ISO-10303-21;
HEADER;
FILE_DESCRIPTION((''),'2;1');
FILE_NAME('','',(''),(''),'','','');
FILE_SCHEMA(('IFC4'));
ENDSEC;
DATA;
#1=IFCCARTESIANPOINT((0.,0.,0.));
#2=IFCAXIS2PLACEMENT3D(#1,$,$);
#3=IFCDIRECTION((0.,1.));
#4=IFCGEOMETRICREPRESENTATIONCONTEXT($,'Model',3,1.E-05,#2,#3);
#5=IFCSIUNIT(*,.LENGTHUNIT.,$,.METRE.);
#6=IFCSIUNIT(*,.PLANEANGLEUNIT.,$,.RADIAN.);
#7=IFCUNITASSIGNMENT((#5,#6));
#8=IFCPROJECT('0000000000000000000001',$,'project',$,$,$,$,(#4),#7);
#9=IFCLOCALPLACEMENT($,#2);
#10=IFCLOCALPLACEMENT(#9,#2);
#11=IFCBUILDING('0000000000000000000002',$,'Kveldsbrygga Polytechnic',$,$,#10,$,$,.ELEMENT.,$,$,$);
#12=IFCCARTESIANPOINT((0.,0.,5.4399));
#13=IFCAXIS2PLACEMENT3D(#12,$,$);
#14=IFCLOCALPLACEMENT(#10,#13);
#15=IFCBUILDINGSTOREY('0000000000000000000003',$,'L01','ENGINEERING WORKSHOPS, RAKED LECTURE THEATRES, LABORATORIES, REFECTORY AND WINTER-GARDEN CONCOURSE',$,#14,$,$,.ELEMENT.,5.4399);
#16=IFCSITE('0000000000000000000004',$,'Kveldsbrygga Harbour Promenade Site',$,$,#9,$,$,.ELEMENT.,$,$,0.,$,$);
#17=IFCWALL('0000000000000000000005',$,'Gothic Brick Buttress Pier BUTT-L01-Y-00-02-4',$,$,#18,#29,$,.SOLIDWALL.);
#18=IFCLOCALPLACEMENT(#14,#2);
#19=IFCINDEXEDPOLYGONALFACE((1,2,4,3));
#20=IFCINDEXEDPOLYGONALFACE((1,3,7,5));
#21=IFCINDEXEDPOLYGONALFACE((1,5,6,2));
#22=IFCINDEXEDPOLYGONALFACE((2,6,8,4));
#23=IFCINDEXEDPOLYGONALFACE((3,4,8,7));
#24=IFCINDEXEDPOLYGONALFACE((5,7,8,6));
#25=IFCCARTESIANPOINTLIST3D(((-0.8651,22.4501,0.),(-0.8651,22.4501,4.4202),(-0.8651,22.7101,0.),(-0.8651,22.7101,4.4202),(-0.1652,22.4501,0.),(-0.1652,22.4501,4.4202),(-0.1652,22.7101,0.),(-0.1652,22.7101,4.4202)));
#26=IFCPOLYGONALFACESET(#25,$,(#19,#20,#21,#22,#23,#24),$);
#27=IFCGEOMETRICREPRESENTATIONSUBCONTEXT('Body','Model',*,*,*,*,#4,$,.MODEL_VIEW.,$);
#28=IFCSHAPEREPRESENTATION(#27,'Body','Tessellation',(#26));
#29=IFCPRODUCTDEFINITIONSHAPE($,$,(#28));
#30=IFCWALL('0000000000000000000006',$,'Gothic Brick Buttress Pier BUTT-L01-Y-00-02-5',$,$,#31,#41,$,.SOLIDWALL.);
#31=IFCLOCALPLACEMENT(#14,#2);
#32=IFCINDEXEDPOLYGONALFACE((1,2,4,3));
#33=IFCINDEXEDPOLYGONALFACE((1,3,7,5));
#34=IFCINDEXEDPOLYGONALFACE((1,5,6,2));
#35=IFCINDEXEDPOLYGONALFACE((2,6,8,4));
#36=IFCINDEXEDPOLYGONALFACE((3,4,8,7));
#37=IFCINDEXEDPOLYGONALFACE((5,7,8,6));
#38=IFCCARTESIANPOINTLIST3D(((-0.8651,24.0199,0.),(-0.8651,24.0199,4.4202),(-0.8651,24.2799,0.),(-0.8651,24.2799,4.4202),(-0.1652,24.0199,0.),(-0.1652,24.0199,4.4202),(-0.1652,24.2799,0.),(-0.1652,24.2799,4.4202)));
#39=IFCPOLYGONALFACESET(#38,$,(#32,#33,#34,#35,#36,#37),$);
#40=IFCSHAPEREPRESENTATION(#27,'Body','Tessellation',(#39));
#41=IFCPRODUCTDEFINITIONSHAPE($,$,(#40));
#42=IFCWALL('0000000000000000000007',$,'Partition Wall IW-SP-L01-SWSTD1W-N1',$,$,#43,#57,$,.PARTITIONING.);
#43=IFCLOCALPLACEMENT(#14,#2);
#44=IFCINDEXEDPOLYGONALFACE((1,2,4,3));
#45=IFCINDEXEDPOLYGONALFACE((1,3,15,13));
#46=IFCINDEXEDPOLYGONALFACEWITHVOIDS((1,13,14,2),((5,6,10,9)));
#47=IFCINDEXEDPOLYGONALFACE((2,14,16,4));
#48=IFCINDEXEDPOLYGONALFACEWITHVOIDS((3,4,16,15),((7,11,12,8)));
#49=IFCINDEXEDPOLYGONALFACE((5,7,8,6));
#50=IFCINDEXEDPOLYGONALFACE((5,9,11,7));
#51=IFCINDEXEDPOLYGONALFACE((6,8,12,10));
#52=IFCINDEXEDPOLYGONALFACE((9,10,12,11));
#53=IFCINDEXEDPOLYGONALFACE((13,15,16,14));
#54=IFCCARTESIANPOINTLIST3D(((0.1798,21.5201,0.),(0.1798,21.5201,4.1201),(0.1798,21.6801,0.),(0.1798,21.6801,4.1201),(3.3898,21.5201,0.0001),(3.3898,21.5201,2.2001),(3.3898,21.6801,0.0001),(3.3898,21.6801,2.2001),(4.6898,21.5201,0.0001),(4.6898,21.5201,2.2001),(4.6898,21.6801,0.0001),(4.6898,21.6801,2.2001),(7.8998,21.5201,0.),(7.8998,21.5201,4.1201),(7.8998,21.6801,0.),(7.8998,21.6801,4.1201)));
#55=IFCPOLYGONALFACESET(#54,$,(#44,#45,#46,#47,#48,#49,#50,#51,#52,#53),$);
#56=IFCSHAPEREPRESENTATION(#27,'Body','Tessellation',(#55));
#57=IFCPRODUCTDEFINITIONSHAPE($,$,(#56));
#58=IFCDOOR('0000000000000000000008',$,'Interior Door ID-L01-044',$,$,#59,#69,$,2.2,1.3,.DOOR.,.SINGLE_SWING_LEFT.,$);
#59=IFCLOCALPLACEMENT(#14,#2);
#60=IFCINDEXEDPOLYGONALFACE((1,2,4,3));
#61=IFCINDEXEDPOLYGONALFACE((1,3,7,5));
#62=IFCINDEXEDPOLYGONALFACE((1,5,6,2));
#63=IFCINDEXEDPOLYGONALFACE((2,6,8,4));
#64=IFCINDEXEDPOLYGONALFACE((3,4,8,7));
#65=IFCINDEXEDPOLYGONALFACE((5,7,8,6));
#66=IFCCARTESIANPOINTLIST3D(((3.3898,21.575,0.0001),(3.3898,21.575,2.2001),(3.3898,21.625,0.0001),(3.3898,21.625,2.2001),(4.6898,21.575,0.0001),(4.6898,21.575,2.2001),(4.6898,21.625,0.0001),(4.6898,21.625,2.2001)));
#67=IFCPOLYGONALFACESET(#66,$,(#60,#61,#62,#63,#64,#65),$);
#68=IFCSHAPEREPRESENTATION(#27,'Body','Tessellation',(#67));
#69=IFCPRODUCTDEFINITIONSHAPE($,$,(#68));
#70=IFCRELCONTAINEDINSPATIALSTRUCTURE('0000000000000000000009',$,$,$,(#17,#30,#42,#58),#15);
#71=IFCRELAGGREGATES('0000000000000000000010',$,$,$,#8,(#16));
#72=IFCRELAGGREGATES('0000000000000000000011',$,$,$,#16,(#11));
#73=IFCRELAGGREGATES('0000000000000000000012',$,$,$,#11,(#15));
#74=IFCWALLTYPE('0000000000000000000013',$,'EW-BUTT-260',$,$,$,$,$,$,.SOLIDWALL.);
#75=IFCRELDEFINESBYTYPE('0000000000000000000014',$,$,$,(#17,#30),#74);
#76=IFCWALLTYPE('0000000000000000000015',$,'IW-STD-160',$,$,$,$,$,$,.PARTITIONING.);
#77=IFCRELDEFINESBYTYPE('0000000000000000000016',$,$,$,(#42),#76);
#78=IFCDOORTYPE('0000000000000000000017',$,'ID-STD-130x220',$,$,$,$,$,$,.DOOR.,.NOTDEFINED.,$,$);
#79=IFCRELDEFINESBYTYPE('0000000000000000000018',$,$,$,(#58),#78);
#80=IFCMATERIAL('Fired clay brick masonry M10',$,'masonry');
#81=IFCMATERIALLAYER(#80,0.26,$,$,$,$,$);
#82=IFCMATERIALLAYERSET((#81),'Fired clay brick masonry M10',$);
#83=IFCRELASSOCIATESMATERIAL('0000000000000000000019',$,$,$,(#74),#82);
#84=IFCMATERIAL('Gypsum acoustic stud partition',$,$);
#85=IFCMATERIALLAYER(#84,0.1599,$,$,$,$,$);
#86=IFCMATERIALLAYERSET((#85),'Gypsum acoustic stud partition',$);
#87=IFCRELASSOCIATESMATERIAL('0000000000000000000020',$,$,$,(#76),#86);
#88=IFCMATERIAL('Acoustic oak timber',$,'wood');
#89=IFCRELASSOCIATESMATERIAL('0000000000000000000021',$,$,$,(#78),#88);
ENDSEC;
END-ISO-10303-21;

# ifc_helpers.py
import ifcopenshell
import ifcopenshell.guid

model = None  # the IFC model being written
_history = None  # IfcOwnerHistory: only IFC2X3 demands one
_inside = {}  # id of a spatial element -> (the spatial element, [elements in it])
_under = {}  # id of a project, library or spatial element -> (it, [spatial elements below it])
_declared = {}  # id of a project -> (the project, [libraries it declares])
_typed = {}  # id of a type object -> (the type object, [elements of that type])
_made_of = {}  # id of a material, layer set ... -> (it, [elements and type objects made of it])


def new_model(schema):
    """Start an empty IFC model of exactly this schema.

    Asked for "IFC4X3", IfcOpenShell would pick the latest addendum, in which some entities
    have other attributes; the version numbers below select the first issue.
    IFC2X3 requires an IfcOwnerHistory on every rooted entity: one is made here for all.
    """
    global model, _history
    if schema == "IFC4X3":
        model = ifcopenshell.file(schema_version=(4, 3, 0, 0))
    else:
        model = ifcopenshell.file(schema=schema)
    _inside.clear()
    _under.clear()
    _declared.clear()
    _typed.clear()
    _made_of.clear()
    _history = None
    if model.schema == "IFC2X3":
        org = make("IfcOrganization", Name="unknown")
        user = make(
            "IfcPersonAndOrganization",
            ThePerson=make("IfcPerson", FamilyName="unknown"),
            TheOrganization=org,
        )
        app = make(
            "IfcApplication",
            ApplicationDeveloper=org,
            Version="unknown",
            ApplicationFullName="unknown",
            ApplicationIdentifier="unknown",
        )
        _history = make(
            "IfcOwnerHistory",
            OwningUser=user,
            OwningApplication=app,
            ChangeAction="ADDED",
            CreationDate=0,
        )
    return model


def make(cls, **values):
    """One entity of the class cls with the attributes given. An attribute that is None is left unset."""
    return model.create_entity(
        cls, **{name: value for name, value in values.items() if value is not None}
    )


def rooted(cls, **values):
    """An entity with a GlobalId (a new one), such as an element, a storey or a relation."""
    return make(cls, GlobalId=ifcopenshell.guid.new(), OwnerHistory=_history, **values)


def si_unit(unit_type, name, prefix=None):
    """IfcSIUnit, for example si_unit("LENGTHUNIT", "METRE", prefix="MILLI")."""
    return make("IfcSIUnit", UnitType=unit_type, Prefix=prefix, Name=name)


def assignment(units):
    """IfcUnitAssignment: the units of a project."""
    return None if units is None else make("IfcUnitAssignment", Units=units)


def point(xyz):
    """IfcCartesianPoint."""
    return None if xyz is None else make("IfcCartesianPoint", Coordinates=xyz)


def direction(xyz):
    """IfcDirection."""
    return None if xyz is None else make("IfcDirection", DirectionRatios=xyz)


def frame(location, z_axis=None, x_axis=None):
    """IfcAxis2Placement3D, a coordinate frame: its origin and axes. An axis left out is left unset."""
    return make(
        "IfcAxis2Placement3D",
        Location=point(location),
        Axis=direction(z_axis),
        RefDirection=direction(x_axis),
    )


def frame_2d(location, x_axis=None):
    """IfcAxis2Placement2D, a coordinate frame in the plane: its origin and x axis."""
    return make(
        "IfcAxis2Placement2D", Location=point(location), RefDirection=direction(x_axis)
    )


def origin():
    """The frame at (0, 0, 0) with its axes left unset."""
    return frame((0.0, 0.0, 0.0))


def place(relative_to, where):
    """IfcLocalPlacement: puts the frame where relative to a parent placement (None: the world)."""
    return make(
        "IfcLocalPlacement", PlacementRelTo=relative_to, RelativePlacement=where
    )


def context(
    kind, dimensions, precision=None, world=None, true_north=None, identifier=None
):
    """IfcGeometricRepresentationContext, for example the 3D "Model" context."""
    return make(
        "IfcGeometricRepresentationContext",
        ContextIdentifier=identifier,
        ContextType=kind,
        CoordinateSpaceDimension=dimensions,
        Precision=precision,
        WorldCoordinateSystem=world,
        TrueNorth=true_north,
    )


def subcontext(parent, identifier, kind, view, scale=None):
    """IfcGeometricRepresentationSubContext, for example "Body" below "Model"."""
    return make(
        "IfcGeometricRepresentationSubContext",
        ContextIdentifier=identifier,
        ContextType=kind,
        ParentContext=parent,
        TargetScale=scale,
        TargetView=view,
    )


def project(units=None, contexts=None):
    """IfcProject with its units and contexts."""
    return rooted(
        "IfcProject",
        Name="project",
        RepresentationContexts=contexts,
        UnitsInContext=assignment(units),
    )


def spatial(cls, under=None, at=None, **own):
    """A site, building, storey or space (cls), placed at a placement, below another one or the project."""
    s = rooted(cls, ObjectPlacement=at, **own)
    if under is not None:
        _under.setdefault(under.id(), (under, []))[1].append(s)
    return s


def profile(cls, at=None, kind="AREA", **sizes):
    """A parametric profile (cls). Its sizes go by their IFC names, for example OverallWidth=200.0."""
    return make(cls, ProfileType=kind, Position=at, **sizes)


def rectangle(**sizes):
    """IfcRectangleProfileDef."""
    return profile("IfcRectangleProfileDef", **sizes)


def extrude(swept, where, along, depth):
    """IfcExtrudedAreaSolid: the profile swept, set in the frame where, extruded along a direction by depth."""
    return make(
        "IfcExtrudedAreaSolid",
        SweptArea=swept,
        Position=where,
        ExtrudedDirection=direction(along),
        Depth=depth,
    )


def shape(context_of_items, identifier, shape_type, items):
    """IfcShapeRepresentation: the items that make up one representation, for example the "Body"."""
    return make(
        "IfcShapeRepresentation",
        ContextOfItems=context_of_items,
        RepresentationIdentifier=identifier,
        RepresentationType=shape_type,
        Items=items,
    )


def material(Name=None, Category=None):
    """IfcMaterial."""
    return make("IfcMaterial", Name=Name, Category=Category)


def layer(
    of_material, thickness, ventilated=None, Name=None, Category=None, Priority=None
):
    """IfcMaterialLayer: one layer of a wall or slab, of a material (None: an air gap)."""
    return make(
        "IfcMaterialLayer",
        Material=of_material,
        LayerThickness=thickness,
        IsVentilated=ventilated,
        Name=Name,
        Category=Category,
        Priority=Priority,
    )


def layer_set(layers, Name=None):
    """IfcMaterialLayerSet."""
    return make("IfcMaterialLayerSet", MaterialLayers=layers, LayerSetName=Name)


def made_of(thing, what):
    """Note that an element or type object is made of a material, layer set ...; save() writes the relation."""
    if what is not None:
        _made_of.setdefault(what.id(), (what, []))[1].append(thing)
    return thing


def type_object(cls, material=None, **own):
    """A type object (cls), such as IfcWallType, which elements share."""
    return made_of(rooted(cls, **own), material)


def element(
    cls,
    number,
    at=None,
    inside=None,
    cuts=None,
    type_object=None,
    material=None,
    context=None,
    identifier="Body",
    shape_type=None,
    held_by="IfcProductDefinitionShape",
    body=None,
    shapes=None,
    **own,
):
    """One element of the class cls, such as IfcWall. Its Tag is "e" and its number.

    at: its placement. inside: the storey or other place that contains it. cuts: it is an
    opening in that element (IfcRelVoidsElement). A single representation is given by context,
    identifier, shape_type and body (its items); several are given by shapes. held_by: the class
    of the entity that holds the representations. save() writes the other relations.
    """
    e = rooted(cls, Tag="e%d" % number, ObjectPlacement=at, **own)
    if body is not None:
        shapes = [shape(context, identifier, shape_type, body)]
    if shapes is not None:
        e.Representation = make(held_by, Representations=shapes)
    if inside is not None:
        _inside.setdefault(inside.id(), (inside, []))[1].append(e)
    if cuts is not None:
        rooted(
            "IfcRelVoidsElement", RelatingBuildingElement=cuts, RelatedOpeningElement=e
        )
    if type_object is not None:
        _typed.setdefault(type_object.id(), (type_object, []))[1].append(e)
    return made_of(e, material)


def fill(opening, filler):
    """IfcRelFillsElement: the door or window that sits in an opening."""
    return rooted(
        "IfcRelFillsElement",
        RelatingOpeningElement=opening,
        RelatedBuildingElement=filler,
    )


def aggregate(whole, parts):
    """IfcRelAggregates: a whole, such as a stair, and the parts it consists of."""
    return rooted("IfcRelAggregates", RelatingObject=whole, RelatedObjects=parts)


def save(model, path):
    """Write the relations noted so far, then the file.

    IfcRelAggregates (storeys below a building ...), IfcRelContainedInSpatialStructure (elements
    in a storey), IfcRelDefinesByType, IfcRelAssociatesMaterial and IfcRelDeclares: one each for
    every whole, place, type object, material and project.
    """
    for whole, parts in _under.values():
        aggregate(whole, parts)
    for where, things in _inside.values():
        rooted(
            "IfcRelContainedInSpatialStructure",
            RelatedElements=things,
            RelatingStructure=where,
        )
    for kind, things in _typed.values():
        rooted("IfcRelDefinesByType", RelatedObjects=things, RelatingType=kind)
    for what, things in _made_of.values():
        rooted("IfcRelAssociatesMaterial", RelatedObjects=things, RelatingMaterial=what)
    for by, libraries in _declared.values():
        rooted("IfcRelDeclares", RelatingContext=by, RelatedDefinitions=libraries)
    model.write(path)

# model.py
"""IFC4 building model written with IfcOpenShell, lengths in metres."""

from ifc_helpers import new_model, si_unit, direction, frame, frame_2d, origin, place, context, subcontext, project, spatial, rectangle, extrude, material, layer, layer_set, type_object, element, fill, save


model = new_model("IFC4")

# Units and contexts
model_context = context("Model", 3, precision=1e-05, world=origin(), true_north=direction((0.0, 1.0)))
body_context = subcontext(model_context, "Body", "Model", "MODEL_VIEW")
ifc_project = project(units=[si_unit("LENGTHUNIT", "METRE"), si_unit("PLANEANGLEUNIT", "RADIAN")], contexts=[model_context])

# Site, building, storey
site_placement = place(None, origin())
site = spatial("IfcSite", under=ifc_project, at=site_placement, Name="Kveldsbrygga Harbour Promenade Site", CompositionType="ELEMENT", RefElevation=0.0)
building_placement = place(site_placement, origin())
building = spatial("IfcBuilding", under=site, at=building_placement, Name="Kveldsbrygga Polytechnic", CompositionType="ELEMENT")
storey_placement = place(building_placement, frame((0.0, 0.0, 5.4399)))
storey = spatial("IfcBuildingStorey", under=building, at=storey_placement, Name="L01", Description="ENGINEERING WORKSHOPS, RAKED LECTURE THEATRES, LABORATORIES, REFECTORY AND WINTER-GARDEN CONCOURSE", CompositionType="ELEMENT", Elevation=5.4399)

# Shared definitions
ifc_material_1 = material(Name="Fired clay brick masonry M10", Category="masonry")

# Walls
ifc_layer_1 = layer(ifc_material_1, 0.26)
ifc_layer_set_1 = layer_set([ifc_layer_1], Name="Fired clay brick masonry M10")
wall_type_1 = type_object("IfcWallType", Name="EW-BUTT-260", PredefinedType="SOLIDWALL", material=ifc_layer_set_1)
for number, where, z_axis, x_axis, name in (
    (1, (-0.165, 22.5801, 0.0), (0.0, 0.0, 1.0), (-1.0, 0.0, 0.0), "Gothic Brick Buttress Pier BUTT-L01-Y-00-02-4"),
    (2, (-0.165, 24.1499, 0.0), (0.0, 0.0, 1.0), (-1.0, 0.0, 0.0), "Gothic Brick Buttress Pier BUTT-L01-Y-00-02-5"),
):
    element("IfcWall", number, at=place(storey_placement, frame(where, z_axis=z_axis, x_axis=x_axis)), inside=storey, type_object=wall_type_1, Name=name, PredefinedType="SOLIDWALL", context=body_context, shape_type="SweptSolid", body=[
        extrude(rectangle(XDim=0.7, YDim=0.26, at=frame_2d((0.3501, 0.0))), origin(), (0.0, 0.0, 1.0), 4.4202),
    ])

# Wall, opening, door
ifc_material_2 = material(Name="Gypsum acoustic stud partition")
ifc_layer_2 = layer(ifc_material_2, 0.1599)
ifc_layer_set_2 = layer_set([ifc_layer_2], Name="Gypsum acoustic stud partition")
wall_type_2 = type_object("IfcWallType", Name="IW-STD-160", PredefinedType="PARTITIONING", material=ifc_layer_set_2)
wall_1_placement = place(storey_placement, frame((0.1799, 21.6001, 0.0), z_axis=(0.0, 0.0, 1.0), x_axis=(1.0, 0.0, 0.0)))
wall_1 = element("IfcWall", 3, at=wall_1_placement, inside=storey, type_object=wall_type_2, Name="Partition Wall IW-SP-L01-SWSTD1W-N1", PredefinedType="PARTITIONING", context=body_context, shape_type="SweptSolid", body=[
    extrude(rectangle(XDim=7.72, YDim=0.1599, at=frame_2d((3.8599, 0.0))), origin(), (0.0, 0.0, 1.0), 4.1201),
])
opening_1_placement = place(wall_1_placement, frame((3.21, 0.0, 0.0)))
opening_1 = element("IfcOpeningElement", 4, at=opening_1_placement, cuts=wall_1, PredefinedType="OPENING", context=body_context, shape_type="SweptSolid", body=[
    extrude(rectangle(XDim=1.3, YDim=2.2, at=frame_2d((0.6499, 1.1001))), frame((0.0, 0.0898, 0.0), z_axis=(0.0, -1.0, 0.0), x_axis=(1.0, 0.0, 0.0)), (0.0, 0.0, 1.0), 0.1799),
])
ifc_material_3 = material(Name="Acoustic oak timber", Category="wood")
door_type = type_object("IfcDoorType", Name="ID-STD-130x220", OperationType="NOTDEFINED", PredefinedType="DOOR", material=ifc_material_3)
door_placement = place(opening_1_placement, origin())
door = element("IfcDoor", 5, at=door_placement, inside=storey, type_object=door_type, Name="Interior Door ID-L01-044", OperationType="SINGLE_SWING_LEFT", OverallHeight=2.2, OverallWidth=1.3, PredefinedType="DOOR", context=body_context, shape_type="SweptSolid", body=[
    extrude(rectangle(XDim=1.3, YDim=2.2, at=frame_2d((0.6499, 1.1001))), frame((0.0, 0.0249, 0.0), z_axis=(0.0, -1.0, 0.0), x_axis=(1.0, 0.0, 0.0)), (0.0, 0.0, 1.0), 0.05),
])
fill(opening_1, door)

save(model, "model.ifc")
